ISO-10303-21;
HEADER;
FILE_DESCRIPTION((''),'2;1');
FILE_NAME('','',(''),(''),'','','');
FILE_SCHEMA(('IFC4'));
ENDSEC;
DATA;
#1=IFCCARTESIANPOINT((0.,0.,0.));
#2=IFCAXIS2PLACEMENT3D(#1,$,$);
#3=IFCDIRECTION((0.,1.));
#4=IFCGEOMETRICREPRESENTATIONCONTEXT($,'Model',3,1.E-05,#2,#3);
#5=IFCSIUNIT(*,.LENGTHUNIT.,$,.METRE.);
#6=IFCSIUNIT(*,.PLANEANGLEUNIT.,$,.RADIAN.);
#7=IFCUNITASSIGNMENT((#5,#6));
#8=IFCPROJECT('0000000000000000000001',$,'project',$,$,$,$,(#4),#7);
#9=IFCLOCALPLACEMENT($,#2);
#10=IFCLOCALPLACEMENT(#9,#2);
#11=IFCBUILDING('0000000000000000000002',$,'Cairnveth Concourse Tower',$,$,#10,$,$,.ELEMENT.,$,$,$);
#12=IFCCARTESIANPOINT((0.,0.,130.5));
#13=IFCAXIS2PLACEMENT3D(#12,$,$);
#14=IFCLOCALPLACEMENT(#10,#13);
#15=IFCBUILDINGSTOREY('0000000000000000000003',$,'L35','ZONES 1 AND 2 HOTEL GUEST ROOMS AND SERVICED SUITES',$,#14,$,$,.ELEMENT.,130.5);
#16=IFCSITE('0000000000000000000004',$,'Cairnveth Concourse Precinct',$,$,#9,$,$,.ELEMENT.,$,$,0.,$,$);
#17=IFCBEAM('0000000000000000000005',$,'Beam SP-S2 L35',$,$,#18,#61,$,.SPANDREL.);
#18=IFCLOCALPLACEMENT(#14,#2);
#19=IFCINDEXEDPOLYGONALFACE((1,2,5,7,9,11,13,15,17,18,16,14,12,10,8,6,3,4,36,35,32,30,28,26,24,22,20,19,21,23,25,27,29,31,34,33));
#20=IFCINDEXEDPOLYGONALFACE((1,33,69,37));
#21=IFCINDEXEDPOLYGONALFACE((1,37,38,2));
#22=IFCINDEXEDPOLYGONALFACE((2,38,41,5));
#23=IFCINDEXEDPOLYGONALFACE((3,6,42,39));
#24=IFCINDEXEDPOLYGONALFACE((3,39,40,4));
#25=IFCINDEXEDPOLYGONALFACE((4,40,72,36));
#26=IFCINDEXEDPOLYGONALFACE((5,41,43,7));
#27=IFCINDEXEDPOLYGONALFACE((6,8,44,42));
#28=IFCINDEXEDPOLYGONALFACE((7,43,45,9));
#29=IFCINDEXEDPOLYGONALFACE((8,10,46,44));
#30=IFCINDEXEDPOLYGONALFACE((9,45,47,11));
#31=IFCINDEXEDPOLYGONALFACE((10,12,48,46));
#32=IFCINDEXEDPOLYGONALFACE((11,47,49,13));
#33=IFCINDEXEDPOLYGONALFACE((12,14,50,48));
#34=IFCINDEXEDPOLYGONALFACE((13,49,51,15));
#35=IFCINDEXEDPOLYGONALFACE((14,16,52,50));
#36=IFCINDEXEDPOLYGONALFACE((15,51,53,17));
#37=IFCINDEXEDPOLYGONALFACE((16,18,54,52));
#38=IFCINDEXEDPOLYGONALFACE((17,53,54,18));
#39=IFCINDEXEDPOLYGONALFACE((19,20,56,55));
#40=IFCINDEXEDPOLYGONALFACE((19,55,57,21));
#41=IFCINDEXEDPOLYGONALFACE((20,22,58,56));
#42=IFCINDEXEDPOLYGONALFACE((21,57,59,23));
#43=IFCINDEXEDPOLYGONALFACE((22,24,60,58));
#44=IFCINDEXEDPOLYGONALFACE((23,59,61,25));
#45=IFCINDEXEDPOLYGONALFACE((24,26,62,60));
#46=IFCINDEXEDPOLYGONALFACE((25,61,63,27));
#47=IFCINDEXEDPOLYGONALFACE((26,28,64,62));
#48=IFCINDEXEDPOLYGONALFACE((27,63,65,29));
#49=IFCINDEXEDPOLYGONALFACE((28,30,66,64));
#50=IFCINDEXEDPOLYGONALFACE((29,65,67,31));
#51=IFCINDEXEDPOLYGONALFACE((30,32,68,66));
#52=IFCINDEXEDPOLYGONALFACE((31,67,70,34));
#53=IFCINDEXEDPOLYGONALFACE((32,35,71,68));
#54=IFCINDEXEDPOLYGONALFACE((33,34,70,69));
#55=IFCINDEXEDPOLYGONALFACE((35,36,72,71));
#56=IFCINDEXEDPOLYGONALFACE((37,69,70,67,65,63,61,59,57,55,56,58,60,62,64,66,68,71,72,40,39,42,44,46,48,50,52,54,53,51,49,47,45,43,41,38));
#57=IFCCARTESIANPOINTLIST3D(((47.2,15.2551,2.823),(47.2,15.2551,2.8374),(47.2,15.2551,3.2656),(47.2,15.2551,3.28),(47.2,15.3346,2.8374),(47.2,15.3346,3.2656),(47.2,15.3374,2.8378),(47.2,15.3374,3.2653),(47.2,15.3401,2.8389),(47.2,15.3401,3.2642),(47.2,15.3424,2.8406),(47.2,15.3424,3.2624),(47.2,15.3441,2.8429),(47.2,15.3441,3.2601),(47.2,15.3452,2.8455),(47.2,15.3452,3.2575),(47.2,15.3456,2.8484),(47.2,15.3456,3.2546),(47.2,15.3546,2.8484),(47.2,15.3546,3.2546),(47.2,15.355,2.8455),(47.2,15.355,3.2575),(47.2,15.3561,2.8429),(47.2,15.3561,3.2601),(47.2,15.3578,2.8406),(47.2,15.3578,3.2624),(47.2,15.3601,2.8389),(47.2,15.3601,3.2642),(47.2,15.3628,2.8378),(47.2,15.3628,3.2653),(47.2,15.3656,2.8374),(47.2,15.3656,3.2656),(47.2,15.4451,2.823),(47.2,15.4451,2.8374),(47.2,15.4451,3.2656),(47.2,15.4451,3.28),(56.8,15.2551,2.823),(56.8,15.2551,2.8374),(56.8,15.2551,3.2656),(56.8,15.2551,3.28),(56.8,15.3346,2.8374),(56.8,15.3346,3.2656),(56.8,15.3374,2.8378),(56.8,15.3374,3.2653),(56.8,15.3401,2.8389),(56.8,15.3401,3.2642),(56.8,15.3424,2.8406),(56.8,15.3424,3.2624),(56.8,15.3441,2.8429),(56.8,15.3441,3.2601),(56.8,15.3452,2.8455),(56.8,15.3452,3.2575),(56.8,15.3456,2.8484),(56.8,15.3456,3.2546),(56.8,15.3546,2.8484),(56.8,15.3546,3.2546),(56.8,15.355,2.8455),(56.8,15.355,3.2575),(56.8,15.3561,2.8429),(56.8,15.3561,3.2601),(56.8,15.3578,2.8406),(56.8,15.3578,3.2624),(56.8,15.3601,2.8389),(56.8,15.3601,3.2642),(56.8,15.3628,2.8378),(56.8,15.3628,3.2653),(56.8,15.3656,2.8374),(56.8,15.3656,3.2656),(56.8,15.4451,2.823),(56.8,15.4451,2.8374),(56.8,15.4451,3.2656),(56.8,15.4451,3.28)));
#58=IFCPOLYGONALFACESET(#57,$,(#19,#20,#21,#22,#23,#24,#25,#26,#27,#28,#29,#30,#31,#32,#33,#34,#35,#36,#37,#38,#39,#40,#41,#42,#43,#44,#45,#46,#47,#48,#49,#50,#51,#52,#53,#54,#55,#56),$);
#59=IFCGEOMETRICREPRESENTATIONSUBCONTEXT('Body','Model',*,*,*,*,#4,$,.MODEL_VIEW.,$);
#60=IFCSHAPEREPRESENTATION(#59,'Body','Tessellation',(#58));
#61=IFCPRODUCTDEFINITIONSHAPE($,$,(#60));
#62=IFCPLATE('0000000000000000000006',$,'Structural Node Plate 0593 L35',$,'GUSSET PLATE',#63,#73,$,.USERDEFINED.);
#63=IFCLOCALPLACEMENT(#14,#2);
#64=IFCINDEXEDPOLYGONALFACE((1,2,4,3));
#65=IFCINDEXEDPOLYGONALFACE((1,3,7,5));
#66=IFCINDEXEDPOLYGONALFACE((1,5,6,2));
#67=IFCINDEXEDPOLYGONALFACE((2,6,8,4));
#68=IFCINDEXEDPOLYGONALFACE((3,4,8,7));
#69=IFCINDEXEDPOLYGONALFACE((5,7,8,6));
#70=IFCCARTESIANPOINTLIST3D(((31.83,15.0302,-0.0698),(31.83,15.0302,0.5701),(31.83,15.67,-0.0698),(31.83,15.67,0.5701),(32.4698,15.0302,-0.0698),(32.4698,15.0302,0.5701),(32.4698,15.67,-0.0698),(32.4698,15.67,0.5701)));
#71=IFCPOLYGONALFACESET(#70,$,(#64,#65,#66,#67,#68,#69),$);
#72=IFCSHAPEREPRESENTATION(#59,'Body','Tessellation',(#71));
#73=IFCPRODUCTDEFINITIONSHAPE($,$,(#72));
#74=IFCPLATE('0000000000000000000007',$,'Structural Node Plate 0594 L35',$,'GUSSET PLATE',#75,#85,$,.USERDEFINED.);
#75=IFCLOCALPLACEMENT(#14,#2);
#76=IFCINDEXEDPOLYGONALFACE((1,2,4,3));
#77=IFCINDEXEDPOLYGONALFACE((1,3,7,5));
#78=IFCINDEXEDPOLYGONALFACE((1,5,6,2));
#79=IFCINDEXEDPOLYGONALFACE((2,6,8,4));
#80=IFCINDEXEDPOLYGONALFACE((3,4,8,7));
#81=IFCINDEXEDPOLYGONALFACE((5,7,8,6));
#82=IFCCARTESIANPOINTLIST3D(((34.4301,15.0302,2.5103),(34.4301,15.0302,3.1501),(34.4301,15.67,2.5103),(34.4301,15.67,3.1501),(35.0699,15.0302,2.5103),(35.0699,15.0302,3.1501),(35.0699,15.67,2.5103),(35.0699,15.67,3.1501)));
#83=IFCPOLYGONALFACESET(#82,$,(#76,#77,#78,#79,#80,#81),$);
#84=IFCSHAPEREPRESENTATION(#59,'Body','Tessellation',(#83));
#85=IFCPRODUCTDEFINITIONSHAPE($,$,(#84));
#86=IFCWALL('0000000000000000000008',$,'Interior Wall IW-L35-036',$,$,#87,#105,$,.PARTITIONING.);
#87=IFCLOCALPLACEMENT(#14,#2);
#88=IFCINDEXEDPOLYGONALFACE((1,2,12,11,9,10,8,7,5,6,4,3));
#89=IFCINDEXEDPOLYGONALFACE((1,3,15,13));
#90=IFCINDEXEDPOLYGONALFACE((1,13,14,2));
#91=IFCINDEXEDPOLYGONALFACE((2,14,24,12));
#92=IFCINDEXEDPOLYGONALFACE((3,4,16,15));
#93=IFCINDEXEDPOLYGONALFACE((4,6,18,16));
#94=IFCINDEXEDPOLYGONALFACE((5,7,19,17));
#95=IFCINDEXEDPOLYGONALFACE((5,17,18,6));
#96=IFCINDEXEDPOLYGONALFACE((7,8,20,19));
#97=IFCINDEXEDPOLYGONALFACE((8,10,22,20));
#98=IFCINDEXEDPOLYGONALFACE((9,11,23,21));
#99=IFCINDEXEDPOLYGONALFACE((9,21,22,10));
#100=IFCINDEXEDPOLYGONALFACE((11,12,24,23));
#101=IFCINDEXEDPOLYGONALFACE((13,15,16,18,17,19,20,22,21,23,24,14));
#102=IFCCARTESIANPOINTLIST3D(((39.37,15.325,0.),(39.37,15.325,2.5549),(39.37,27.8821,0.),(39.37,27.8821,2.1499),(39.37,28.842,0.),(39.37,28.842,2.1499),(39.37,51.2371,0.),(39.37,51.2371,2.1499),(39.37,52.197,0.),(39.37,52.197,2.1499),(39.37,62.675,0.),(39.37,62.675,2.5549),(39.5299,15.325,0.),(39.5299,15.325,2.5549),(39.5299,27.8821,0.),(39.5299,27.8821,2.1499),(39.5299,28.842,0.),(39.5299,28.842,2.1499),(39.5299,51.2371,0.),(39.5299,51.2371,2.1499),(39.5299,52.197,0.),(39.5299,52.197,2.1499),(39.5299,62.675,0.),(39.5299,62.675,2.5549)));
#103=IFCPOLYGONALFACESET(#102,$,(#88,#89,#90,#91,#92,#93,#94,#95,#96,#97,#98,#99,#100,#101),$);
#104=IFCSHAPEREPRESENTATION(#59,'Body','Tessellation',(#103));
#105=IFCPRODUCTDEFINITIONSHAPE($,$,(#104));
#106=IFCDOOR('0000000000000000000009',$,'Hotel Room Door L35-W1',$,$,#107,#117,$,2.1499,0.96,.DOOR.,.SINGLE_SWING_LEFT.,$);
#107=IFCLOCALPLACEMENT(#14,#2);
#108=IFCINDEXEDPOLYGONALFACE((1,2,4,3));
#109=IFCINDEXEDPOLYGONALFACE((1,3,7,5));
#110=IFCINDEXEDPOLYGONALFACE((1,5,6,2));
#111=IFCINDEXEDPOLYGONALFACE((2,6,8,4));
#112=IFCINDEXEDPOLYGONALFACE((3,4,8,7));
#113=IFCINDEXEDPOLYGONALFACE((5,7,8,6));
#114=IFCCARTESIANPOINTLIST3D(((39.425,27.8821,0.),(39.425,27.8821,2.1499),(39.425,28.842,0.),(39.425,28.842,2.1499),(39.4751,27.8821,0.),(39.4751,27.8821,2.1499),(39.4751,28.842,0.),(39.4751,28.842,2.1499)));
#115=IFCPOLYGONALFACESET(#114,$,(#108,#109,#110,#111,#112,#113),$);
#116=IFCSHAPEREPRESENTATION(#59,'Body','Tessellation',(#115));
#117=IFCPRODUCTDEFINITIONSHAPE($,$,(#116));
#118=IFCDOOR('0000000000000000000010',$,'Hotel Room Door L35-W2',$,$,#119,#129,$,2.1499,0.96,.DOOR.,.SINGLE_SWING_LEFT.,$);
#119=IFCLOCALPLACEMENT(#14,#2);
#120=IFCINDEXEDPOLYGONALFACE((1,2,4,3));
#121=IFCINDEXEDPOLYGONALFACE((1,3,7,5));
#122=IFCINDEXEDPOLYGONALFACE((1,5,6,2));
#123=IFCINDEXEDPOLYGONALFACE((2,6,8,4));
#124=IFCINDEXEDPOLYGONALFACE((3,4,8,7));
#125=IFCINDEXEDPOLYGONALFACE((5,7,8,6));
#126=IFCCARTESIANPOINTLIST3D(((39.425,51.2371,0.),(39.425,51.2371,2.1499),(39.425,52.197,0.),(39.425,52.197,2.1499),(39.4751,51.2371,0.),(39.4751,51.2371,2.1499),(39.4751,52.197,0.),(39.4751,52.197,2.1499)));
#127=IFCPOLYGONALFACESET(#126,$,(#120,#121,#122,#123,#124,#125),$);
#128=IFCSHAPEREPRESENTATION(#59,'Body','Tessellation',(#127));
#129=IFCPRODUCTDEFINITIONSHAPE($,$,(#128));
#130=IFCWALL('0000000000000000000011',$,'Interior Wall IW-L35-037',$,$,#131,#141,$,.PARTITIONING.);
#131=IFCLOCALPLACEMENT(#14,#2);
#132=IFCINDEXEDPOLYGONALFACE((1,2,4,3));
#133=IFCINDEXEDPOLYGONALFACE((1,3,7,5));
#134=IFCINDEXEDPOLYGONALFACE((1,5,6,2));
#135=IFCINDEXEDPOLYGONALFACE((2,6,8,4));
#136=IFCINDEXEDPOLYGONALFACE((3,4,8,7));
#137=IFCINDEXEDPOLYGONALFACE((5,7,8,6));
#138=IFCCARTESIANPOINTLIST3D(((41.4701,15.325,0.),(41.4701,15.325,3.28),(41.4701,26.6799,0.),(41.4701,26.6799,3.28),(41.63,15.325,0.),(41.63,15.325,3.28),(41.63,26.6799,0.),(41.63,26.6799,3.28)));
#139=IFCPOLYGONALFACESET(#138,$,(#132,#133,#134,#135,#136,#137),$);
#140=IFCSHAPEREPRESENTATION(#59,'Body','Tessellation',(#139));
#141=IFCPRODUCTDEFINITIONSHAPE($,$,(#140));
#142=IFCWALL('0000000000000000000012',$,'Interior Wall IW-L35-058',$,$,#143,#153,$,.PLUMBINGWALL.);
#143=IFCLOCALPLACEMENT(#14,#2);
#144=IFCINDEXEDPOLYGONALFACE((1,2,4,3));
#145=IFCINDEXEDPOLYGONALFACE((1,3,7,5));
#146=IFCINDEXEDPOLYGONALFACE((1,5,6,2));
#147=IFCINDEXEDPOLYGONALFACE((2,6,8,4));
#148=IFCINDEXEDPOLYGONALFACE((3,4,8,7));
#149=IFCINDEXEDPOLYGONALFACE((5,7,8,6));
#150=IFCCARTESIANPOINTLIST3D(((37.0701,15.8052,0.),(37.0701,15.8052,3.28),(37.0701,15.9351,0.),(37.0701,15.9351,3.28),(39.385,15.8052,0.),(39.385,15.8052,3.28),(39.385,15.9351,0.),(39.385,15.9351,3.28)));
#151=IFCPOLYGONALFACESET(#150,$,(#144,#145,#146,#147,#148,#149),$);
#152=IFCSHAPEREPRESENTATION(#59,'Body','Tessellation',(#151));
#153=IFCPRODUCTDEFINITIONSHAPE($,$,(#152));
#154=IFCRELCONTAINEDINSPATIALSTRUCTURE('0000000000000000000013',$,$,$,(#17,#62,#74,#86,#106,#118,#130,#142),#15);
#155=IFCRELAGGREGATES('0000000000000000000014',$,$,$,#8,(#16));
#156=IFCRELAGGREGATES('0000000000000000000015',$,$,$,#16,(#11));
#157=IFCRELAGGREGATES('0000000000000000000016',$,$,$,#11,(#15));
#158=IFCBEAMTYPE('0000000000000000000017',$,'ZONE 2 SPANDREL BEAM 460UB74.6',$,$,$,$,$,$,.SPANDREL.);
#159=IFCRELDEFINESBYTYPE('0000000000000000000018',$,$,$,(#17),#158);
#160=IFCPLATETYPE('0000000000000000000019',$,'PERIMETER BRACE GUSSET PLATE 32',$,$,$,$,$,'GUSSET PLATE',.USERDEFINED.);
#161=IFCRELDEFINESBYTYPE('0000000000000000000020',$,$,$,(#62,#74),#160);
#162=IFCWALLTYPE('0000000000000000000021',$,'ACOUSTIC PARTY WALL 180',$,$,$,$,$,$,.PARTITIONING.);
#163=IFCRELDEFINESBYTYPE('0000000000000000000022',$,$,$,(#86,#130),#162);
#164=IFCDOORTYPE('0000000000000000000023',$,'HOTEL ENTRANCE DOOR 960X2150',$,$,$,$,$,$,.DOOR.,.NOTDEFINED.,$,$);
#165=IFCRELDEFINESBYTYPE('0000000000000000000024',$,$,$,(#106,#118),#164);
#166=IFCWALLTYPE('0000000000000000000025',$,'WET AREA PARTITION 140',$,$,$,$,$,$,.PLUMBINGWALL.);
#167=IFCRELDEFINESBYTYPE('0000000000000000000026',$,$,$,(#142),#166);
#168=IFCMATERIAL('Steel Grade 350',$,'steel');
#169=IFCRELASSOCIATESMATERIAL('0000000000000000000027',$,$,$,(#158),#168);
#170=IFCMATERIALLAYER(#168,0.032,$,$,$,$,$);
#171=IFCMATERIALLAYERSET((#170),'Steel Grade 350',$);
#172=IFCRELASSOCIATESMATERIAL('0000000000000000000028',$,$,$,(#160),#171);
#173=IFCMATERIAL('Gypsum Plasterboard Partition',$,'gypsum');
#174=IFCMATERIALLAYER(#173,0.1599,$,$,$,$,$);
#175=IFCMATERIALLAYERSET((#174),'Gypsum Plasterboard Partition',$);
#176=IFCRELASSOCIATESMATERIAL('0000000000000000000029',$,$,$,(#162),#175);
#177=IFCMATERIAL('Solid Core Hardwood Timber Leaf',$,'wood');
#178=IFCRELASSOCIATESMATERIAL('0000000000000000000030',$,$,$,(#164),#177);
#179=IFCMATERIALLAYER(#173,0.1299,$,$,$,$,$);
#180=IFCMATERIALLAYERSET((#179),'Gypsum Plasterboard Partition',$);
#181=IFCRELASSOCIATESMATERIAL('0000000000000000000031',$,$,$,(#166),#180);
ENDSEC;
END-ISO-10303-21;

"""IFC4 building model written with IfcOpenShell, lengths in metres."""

from ifc_helpers import new_model, si_unit, direction, frame, frame_2d, origin, origin_2d, place, context, subcontext, project, spatial, rectangle, i_section, extrude, material, layer, layer_set, material_profile, profile_set, type_object, element, fill, save


model = new_model("IFC4")

# Units and contexts
model_context = context("Model", 3, precision=1e-05, world=origin(), true_north=direction((0.0, 1.0)))
body_context = subcontext(model_context, "Body", "Model", "MODEL_VIEW")
ifc_project = project(units=[si_unit("LENGTHUNIT", "METRE"), si_unit("PLANEANGLEUNIT", "RADIAN")], contexts=[model_context])

# Site, building, storey
site_placement = place(None, origin())
site = spatial("IfcSite", under=ifc_project, at=site_placement, Name="Cairnveth Concourse Precinct", CompositionType="ELEMENT", RefElevation=0.0)
building_placement = place(site_placement, origin())
building = spatial("IfcBuilding", under=site, at=building_placement, Name="Cairnveth Concourse Tower", CompositionType="ELEMENT")
storey_placement = place(building_placement, frame((0.0, 0.0, 130.5)))
storey = spatial("IfcBuildingStorey", under=building, at=storey_placement, Name="L35", Description="ZONES 1 AND 2 HOTEL GUEST ROOMS AND SERVICED SUITES", CompositionType="ELEMENT", Elevation=130.5)

# Shared definitions
ifc_material_1 = material(Name="Steel Grade 350", Category="steel")

# Beam
ifc_material_profile_1 = material_profile(ifc_material_1, i_section(OverallWidth=0.1899, OverallDepth=0.457, WebThickness=0.009, FlangeThickness=0.0144, FilletRadius=0.011, at=origin_2d()), Name="460UB74.6")
ifc_profile_set_1 = profile_set([ifc_material_profile_1], Name="Steel Grade 350")
beam_type_1 = type_object("IfcBeamType", Name="ZONE 2 SPANDREL BEAM 460UB74.6", PredefinedType="SPANDREL", material=ifc_profile_set_1)
beam_1_placement = place(storey_placement, frame((47.2, 15.3501, 3.0515), z_axis=(1.0, 0.0, 0.0), x_axis=(0.0, 1.0, 0.0)))
element("IfcBeam", 1, at=beam_1_placement, inside=storey, type_object=beam_type_1, Name="Beam SP-S2 L35", PredefinedType="SPANDREL", context=body_context, shape_type="SweptSolid", body=[
    extrude(i_section(OverallWidth=0.1899, OverallDepth=0.457, WebThickness=0.009, FlangeThickness=0.0144, FilletRadius=0.011, at=origin_2d()), origin(), (0.0, 0.0, 1.0), 9.6001),
])

# Plates
ifc_layer_1 = layer(ifc_material_1, 0.032)
ifc_layer_set_1 = layer_set([ifc_layer_1], Name="Steel Grade 350")
plate_type = type_object("IfcPlateType", Name="PERIMETER BRACE GUSSET PLATE 32", ElementType="GUSSET PLATE", PredefinedType="USERDEFINED", material=ifc_layer_set_1)
for number, where, z_axis, x_axis, name in (
    (2, (32.1499, 15.3501, -0.0698), (0.0, 0.0, 1.0), (1.0, 0.0, 0.0), "Structural Node Plate 0593 L35"),
    (3, (34.75, 15.3501, 2.5103), (0.0, 0.0, 1.0), (1.0, 0.0, 0.0), "Structural Node Plate 0594 L35"),
):
    element("IfcPlate", number, at=place(storey_placement, frame(where, z_axis=z_axis, x_axis=x_axis)), inside=storey, type_object=plate_type, Name=name, ObjectType="GUSSET PLATE", PredefinedType="USERDEFINED", context=body_context, shape_type="SweptSolid", body=[
        extrude(rectangle(XDim=0.6399, YDim=0.6399, at=origin_2d()), origin(), (0.0, 0.0, 1.0), 0.6399),
    ])

# Wall, openings, doors
ifc_material_2 = material(Name="Gypsum Plasterboard Partition", Category="gypsum")
ifc_layer_2 = layer(ifc_material_2, 0.1599)
ifc_layer_set_2 = layer_set([ifc_layer_2], Name="Gypsum Plasterboard Partition")
wall_type_1 = type_object("IfcWallType", Name="ACOUSTIC PARTY WALL 180", PredefinedType="PARTITIONING", material=ifc_layer_set_2)
wall_1_placement = place(storey_placement, frame((39.45, 15.325, 0.0), z_axis=(0.0, 0.0, 1.0), x_axis=(0.0, 1.0, 0.0)))
wall_1 = element("IfcWall", 4, at=wall_1_placement, inside=storey, type_object=wall_type_1, Name="Interior Wall IW-L35-036", PredefinedType="PARTITIONING", context=body_context, shape_type="SweptSolid", body=[
    extrude(rectangle(XDim=47.3501, YDim=0.1599, at=frame_2d((23.675, 0.0))), origin(), (0.0, 0.0, 1.0), 2.5549),
])
opening_1_placement = place(wall_1_placement, frame((12.5571, 0.0, 0.0)))
opening_1 = element("IfcOpeningElement", 5, at=opening_1_placement, cuts=wall_1, PredefinedType="OPENING", context=body_context, shape_type="SweptSolid", body=[
    extrude(rectangle(XDim=0.96, YDim=2.1499, at=frame_2d((0.48, 1.075))), frame((0.0, 0.0898, 0.0), z_axis=(0.0, -1.0, 0.0), x_axis=(1.0, 0.0, 0.0)), (0.0, 0.0, 1.0), 0.1799),
])
opening_2_placement = place(wall_1_placement, frame((35.9121, 0.0, 0.0)))
opening_2 = element("IfcOpeningElement", 6, at=opening_2_placement, cuts=wall_1, PredefinedType="OPENING", context=body_context, shape_type="SweptSolid", body=[
    extrude(rectangle(XDim=0.96, YDim=2.1499, at=frame_2d((0.48, 1.075))), frame((0.0, 0.0898, 0.0), z_axis=(0.0, -1.0, 0.0), x_axis=(1.0, 0.0, 0.0)), (0.0, 0.0, 1.0), 0.1799),
])
ifc_material_3 = material(Name="Solid Core Hardwood Timber Leaf", Category="wood")
door_type_1 = type_object("IfcDoorType", Name="HOTEL ENTRANCE DOOR 960X2150", OperationType="NOTDEFINED", PredefinedType="DOOR", material=ifc_material_3)
door_1_placement = place(opening_1_placement, origin())
door_1 = element("IfcDoor", 7, at=door_1_placement, inside=storey, type_object=door_type_1, Name="Hotel Room Door L35-W1", OperationType="SINGLE_SWING_LEFT", OverallHeight=2.1499, OverallWidth=0.96, PredefinedType="DOOR", context=body_context, shape_type="SweptSolid", body=[
    extrude(rectangle(XDim=0.96, YDim=2.1499, at=frame_2d((0.48, 1.075))), frame((0.0, 0.0249, 0.0), z_axis=(0.0, -1.0, 0.0), x_axis=(1.0, 0.0, 0.0)), (0.0, 0.0, 1.0), 0.05),
])
fill(opening_1, door_1)
door_2_placement = place(opening_2_placement, origin())
door_2 = element("IfcDoor", 8, at=door_2_placement, inside=storey, type_object=door_type_1, Name="Hotel Room Door L35-W2", OperationType="SINGLE_SWING_LEFT", OverallHeight=2.1499, OverallWidth=0.96, PredefinedType="DOOR", context=body_context, shape_type="SweptSolid", body=[
    extrude(rectangle(XDim=0.96, YDim=2.1499, at=frame_2d((0.48, 1.075))), frame((0.0, 0.0249, 0.0), z_axis=(0.0, -1.0, 0.0), x_axis=(1.0, 0.0, 0.0)), (0.0, 0.0, 1.0), 0.05),
])
fill(opening_2, door_2)

# Walls
wall_2_placement = place(storey_placement, frame((41.55, 15.325, 0.0), z_axis=(0.0, 0.0, 1.0), x_axis=(0.0, 1.0, 0.0)))
element("IfcWall", 9, at=wall_2_placement, inside=storey, type_object=wall_type_1, Name="Interior Wall IW-L35-037", PredefinedType="PARTITIONING", context=body_context, shape_type="SweptSolid", body=[
    extrude(rectangle(XDim=11.355, YDim=0.1599, at=frame_2d((5.6775, 0.0))), origin(), (0.0, 0.0, 1.0), 3.28),
])
ifc_layer_3 = layer(ifc_material_2, 0.1299)
ifc_layer_set_3 = layer_set([ifc_layer_3], Name="Gypsum Plasterboard Partition")
wall_type_2 = type_object("IfcWallType", Name="WET AREA PARTITION 140", PredefinedType="PLUMBINGWALL", material=ifc_layer_set_3)
wall_3_placement = place(storey_placement, frame((37.0701, 15.8701, 0.0), z_axis=(0.0, 0.0, 1.0), x_axis=(1.0, 0.0, 0.0)))
element("IfcWall", 10, at=wall_3_placement, inside=storey, type_object=wall_type_2, Name="Interior Wall IW-L35-058", PredefinedType="PLUMBINGWALL", context=body_context, shape_type="SweptSolid", body=[
    extrude(rectangle(XDim=2.3149, YDim=0.1299, at=frame_2d((1.1575, 0.0))), origin(), (0.0, 0.0, 1.0), 3.28),
])

save(model, "model.ifc")
